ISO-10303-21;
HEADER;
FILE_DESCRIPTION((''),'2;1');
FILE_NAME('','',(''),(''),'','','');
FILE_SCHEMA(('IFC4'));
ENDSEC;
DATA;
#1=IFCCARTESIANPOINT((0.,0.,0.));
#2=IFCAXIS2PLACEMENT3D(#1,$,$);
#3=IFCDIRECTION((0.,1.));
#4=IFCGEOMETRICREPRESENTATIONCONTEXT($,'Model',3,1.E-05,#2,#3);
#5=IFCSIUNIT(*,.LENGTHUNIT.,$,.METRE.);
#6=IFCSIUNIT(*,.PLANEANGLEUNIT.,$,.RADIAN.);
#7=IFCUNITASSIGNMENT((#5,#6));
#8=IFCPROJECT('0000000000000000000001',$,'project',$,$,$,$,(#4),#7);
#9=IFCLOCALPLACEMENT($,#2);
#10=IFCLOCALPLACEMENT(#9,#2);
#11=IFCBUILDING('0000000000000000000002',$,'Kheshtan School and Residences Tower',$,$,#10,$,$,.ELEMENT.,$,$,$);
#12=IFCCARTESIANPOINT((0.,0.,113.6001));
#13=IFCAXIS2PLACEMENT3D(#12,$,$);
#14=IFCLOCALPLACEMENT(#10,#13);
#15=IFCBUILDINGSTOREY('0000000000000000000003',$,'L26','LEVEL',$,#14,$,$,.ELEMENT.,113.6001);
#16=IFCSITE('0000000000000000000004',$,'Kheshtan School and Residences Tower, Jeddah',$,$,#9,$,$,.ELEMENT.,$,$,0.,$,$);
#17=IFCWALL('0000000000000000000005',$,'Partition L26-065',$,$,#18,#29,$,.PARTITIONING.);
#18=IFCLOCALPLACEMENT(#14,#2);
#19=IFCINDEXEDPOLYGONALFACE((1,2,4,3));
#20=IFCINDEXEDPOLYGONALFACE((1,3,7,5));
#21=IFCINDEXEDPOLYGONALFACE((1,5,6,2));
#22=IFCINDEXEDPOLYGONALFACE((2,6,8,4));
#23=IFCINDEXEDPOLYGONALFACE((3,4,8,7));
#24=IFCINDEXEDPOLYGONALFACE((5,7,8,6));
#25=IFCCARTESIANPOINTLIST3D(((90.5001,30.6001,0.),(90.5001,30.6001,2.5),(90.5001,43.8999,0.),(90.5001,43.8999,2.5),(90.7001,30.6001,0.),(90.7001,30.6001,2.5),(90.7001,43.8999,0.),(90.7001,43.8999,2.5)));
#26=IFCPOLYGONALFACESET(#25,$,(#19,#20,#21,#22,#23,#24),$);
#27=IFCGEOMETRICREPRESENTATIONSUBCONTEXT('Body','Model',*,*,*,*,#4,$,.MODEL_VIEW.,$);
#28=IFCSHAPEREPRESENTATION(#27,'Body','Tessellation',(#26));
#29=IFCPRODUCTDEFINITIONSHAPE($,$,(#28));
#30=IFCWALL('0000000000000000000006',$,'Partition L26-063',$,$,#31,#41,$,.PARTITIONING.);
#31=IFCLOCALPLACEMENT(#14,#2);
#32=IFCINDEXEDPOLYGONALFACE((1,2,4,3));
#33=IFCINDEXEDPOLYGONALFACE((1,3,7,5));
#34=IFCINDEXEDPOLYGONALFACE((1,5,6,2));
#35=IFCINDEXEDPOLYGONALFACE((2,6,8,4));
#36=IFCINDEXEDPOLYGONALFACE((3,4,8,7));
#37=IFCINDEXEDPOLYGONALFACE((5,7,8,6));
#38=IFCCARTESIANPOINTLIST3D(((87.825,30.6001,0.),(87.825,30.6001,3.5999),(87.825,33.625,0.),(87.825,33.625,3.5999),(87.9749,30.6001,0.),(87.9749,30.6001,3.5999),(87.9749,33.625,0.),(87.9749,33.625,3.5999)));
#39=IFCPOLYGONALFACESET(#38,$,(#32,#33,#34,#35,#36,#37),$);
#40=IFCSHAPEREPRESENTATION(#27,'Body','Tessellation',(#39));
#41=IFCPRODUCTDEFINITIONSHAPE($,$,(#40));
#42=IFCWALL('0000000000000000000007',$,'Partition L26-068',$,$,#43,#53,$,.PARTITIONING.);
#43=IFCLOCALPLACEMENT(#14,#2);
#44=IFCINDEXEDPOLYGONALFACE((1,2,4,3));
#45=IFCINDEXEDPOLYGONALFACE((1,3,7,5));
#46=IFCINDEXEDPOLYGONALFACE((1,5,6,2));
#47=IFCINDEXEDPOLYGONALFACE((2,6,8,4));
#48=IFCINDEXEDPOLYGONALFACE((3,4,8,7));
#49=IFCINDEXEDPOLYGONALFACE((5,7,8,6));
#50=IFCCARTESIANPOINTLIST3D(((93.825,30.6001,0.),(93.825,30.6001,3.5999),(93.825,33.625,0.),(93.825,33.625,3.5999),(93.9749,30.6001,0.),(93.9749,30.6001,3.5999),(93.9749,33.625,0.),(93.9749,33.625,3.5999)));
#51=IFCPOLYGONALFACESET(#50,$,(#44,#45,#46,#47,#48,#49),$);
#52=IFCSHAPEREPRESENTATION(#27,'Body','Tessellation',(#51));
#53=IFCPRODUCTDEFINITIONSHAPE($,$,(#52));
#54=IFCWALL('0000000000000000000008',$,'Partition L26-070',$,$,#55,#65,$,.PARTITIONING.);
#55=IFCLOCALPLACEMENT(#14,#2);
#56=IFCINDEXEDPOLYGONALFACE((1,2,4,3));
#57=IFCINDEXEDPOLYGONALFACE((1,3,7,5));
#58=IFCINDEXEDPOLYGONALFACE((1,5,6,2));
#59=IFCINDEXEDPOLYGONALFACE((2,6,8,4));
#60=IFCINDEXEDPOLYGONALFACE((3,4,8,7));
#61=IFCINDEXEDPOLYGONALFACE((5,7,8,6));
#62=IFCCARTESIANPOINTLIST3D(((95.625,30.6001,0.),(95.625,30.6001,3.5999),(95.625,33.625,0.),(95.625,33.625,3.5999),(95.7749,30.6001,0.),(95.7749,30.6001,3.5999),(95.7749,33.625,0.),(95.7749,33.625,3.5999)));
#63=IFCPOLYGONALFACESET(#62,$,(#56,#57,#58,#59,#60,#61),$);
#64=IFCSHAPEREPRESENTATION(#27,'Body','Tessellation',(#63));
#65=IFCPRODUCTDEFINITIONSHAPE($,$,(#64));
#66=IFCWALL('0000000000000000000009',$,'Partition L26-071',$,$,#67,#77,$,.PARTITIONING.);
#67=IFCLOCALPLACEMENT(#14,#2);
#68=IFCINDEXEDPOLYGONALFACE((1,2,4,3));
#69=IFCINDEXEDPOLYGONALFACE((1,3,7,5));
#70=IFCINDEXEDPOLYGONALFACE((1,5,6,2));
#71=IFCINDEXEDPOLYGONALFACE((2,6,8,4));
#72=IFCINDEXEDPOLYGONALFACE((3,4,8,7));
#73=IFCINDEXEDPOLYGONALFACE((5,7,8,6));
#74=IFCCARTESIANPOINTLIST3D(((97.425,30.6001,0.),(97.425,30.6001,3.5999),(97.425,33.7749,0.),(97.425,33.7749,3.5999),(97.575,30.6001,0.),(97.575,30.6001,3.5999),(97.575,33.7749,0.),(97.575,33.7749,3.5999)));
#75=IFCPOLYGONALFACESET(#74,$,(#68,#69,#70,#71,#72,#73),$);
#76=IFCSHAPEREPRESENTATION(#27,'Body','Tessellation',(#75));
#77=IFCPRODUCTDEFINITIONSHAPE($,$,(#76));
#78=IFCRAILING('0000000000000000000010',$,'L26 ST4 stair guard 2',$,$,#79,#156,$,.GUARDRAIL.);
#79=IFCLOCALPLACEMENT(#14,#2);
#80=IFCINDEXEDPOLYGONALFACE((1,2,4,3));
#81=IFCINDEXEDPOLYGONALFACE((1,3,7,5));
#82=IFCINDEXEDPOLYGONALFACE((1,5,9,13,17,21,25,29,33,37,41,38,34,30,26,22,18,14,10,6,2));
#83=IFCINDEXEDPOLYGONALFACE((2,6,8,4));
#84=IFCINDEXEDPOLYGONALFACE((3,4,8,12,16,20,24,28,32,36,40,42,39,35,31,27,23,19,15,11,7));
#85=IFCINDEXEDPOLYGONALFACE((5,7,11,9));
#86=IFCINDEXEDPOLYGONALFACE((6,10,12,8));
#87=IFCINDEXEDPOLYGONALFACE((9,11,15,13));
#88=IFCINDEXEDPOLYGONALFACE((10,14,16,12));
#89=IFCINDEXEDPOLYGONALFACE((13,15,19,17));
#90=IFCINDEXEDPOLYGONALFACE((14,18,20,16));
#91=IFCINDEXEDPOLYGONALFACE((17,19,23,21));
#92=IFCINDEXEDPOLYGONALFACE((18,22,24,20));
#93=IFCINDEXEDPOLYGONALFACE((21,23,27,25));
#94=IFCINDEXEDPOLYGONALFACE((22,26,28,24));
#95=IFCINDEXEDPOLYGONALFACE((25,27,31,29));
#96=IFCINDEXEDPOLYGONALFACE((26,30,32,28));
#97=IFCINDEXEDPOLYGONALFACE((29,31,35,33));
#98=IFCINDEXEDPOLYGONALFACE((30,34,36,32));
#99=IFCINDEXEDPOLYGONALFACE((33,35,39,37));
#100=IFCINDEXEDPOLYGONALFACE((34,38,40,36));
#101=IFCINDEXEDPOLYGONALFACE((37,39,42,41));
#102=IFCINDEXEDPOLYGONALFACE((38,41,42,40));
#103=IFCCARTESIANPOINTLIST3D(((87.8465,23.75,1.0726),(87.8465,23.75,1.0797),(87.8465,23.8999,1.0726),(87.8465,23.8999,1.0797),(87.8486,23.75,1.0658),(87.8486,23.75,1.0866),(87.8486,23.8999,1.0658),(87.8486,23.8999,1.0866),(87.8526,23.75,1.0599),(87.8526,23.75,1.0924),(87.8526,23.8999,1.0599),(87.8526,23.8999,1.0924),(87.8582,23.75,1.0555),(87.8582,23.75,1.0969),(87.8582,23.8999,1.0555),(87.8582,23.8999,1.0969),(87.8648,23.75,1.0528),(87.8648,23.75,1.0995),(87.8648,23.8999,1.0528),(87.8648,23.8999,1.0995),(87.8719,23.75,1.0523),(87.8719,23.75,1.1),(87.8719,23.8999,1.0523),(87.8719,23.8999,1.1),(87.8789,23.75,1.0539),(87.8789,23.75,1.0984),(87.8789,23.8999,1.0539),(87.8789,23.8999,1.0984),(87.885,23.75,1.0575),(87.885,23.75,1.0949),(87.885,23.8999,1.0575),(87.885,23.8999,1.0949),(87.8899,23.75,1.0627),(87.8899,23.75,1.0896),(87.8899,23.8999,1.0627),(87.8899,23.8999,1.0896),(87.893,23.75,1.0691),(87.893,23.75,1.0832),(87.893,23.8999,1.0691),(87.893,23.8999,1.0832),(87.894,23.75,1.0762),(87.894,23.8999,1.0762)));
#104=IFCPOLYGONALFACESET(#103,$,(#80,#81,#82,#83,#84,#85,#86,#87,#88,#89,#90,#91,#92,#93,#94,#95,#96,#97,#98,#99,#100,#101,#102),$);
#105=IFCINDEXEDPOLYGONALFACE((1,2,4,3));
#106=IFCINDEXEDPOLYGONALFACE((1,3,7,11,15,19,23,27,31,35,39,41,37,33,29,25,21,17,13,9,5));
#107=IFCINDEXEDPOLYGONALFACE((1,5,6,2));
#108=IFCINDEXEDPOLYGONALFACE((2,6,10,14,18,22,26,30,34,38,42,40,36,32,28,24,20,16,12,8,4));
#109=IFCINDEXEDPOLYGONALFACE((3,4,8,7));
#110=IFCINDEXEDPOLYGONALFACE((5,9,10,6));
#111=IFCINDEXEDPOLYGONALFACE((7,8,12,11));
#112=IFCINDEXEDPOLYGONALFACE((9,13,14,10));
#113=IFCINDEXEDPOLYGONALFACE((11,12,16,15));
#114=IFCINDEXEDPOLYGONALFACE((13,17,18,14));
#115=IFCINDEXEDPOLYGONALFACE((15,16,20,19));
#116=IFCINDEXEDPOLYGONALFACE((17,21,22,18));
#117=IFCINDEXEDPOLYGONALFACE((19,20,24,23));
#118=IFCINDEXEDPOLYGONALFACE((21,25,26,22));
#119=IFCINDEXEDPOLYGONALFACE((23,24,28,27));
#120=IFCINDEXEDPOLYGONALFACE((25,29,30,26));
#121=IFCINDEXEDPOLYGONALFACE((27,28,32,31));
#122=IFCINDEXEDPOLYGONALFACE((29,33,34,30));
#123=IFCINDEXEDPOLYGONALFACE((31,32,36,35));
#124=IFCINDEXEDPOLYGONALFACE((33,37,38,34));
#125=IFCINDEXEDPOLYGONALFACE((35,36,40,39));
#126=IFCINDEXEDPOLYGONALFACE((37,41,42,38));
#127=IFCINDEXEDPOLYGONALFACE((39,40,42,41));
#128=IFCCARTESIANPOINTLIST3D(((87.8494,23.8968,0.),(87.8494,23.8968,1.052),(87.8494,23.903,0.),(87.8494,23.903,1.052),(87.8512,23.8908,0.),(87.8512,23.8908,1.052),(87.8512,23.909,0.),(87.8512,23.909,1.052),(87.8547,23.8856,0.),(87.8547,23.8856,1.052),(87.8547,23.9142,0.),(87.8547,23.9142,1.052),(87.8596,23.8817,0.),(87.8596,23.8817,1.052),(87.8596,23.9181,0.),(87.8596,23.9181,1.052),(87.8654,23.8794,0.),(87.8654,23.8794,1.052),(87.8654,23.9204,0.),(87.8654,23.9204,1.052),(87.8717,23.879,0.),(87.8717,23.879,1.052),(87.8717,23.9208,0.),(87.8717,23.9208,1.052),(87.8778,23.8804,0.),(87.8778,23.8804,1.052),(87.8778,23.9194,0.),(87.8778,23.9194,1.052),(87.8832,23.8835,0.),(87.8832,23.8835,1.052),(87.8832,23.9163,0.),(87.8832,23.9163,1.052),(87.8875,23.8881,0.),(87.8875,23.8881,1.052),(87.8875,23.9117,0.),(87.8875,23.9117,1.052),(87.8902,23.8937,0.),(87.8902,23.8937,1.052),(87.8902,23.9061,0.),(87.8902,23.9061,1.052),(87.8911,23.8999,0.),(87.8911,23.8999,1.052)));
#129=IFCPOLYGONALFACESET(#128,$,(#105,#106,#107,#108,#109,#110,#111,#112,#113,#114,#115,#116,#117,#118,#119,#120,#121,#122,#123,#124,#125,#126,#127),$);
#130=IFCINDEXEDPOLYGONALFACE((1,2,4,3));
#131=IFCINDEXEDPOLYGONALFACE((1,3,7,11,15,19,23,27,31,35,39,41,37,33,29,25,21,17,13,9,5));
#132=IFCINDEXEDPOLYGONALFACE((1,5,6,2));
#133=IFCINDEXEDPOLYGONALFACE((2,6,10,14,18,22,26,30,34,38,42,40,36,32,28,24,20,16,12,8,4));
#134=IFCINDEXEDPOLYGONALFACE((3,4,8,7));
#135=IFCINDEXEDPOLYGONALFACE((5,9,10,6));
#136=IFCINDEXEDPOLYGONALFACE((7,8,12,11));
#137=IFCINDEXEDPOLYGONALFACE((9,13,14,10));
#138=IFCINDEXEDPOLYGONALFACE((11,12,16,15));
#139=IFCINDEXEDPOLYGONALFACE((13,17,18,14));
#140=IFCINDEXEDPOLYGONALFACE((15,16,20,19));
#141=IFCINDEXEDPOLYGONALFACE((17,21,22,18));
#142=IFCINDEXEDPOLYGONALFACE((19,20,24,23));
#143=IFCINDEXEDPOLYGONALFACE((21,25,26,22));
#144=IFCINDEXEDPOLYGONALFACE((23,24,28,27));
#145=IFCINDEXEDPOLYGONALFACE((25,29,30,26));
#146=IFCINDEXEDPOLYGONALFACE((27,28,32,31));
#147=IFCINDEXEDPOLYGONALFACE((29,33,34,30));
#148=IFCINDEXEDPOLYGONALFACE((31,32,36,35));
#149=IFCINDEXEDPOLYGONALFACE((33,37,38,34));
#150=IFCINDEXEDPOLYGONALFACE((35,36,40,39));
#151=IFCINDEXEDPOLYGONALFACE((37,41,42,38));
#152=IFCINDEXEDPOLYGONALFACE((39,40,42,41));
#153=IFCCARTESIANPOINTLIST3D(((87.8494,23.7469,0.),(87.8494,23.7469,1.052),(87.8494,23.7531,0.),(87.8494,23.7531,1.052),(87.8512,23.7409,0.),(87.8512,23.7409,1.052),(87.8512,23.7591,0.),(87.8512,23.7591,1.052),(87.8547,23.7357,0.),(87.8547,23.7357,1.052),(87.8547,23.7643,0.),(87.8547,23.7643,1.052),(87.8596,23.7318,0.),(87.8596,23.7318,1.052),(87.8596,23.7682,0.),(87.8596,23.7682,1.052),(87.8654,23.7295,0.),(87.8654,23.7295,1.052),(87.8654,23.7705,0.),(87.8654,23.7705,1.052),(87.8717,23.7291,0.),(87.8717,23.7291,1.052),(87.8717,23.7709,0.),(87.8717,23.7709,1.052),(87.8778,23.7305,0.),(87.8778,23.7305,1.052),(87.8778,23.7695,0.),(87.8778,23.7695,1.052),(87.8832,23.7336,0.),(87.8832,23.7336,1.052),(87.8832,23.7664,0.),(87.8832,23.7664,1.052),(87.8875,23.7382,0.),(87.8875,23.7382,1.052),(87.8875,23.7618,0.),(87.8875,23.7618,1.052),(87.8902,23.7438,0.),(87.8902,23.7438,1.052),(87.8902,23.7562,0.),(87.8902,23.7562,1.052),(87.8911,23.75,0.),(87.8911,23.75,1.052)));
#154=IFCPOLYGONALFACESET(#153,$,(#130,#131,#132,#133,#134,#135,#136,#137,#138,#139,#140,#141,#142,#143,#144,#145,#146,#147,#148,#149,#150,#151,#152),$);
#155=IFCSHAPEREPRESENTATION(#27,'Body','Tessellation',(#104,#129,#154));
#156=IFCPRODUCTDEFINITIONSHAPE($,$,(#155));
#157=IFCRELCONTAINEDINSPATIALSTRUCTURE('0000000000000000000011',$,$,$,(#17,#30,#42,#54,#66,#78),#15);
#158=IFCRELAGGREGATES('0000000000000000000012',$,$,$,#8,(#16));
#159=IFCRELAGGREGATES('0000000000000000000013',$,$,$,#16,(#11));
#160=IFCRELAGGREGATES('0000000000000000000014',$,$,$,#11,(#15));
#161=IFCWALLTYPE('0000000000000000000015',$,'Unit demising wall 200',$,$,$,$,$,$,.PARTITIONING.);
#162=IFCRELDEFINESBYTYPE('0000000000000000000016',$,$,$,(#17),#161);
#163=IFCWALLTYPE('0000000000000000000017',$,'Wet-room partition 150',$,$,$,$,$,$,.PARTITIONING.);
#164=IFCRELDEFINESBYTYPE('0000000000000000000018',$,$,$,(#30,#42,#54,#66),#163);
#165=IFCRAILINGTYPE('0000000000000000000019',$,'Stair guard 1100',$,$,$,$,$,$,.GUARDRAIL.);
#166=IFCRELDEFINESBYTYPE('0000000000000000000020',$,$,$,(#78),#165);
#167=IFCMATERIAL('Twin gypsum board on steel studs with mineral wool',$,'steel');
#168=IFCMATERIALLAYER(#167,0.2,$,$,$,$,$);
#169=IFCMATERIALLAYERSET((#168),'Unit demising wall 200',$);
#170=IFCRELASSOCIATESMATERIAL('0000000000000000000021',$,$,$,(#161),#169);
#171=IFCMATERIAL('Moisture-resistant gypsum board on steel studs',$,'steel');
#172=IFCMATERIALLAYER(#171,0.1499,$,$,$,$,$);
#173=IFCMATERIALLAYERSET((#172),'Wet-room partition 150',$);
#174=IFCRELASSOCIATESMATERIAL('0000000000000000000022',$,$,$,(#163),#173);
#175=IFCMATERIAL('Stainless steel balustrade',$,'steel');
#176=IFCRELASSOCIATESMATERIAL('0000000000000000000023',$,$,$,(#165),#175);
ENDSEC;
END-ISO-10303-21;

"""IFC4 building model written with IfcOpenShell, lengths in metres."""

from ifc_helpers import new_model, si_unit, direction, frame, frame_2d, origin, origin_2d, place, context, subcontext, project, spatial, rectangle, circle, extrude, material, layer, layer_set, type_object, element, save


model = new_model("IFC4")

# Units and contexts
model_context = context("Model", 3, precision=1e-05, world=origin(), true_north=direction((0.0, 1.0)))
body_context = subcontext(model_context, "Body", "Model", "MODEL_VIEW")
ifc_project = project(units=[si_unit("LENGTHUNIT", "METRE"), si_unit("PLANEANGLEUNIT", "RADIAN")], contexts=[model_context])

# Site, building, storey
site_placement = place(None, origin())
site = spatial("IfcSite", under=ifc_project, at=site_placement, Name="Kheshtan School and Residences Tower, Jeddah", CompositionType="ELEMENT", RefElevation=0.0)
building_placement = place(site_placement, origin())
building = spatial("IfcBuilding", under=site, at=building_placement, Name="Kheshtan School and Residences Tower", CompositionType="ELEMENT")
storey_placement = place(building_placement, frame((0.0, 0.0, 113.6001)))
storey = spatial("IfcBuildingStorey", under=building, at=storey_placement, Name="L26", Description="LEVEL", CompositionType="ELEMENT", Elevation=113.6001)

# Walls
ifc_material_1 = material(Name="Twin gypsum board on steel studs with mineral wool", Category="steel")
ifc_layer_1 = layer(ifc_material_1, 0.2)
ifc_layer_set_1 = layer_set([ifc_layer_1], Name="Unit demising wall 200")
wall_type_1 = type_object("IfcWallType", Name="Unit demising wall 200", PredefinedType="PARTITIONING", material=ifc_layer_set_1)
wall_1_placement = place(storey_placement, frame((90.6001, 30.6001, 0.0), z_axis=(0.0, 0.0, 1.0), x_axis=(0.0, 1.0, 0.0)))
element("IfcWall", 1, at=wall_1_placement, inside=storey, type_object=wall_type_1, Name="Partition L26-065", PredefinedType="PARTITIONING", context=body_context, shape_type="SweptSolid", body=[
    extrude(rectangle(XDim=13.2998, YDim=0.2, at=frame_2d((6.6499, 0.0))), origin(), (0.0, 0.0, 1.0), 2.5),
])
ifc_material_2 = material(Name="Moisture-resistant gypsum board on steel studs", Category="steel")
ifc_layer_2 = layer(ifc_material_2, 0.1499)
ifc_layer_set_2 = layer_set([ifc_layer_2], Name="Wet-room partition 150")
wall_type_2 = type_object("IfcWallType", Name="Wet-room partition 150", PredefinedType="PARTITIONING", material=ifc_layer_set_2)
for number, where, z_axis, x_axis, name in (
    (2, (87.8999, 30.6001, 0.0), (0.0, 0.0, 1.0), (0.0, 1.0, 0.0), "Partition L26-063"),
    (3, (93.8999, 30.6001, 0.0), (0.0, 0.0, 1.0), (0.0, 1.0, 0.0), "Partition L26-068"),
    (4, (95.7, 30.6001, 0.0), (0.0, 0.0, 1.0), (0.0, 1.0, 0.0), "Partition L26-070"),
):
    element("IfcWall", number, at=place(storey_placement, frame(where, z_axis=z_axis, x_axis=x_axis)), inside=storey, type_object=wall_type_2, Name=name, PredefinedType="PARTITIONING", context=body_context, shape_type="SweptSolid", body=[
        extrude(rectangle(XDim=3.0249, YDim=0.1499, at=frame_2d((1.5125, 0.0))), origin(), (0.0, 0.0, 1.0), 3.5999),
    ])
wall_2_placement = place(storey_placement, frame((97.5, 30.6001, 0.0), z_axis=(0.0, 0.0, 1.0), x_axis=(0.0, 1.0, 0.0)))
element("IfcWall", 5, at=wall_2_placement, inside=storey, type_object=wall_type_2, Name="Partition L26-071", PredefinedType="PARTITIONING", context=body_context, shape_type="SweptSolid", body=[
    extrude(rectangle(XDim=3.1748, YDim=0.1499, at=frame_2d((1.5874, 0.0))), origin(), (0.0, 0.0, 1.0), 3.5999),
])

# Railing
ifc_material_3 = material(Name="Stainless steel balustrade", Category="steel")
railing_type = type_object("IfcRailingType", Name="Stair guard 1100", PredefinedType="GUARDRAIL", material=ifc_material_3)
railing_placement = place(storey_placement, frame((87.8701, 23.8999, 0.0)))
element("IfcRailing", 6, at=railing_placement, inside=storey, type_object=railing_type, Name="L26 ST4 stair guard 2", PredefinedType="GUARDRAIL", context=body_context, shape_type="SweptSolid", body=[
    extrude(circle(Radius=0.0239, at=origin_2d()), frame((0.0, 0.0, 1.0762), z_axis=(0.0, -1.0, 0.0), x_axis=(1.0, 0.0, 0.0)), (0.0, 0.0, 1.0), 0.1499),
    extrude(circle(Radius=0.021, at=origin_2d()), origin(), (0.0, 0.0, 1.0), 1.052),
    extrude(circle(Radius=0.021, at=origin_2d()), frame((0.0, -0.1499, 0.0)), (0.0, 0.0, 1.0), 1.052),
])

save(model, "model.ifc")
